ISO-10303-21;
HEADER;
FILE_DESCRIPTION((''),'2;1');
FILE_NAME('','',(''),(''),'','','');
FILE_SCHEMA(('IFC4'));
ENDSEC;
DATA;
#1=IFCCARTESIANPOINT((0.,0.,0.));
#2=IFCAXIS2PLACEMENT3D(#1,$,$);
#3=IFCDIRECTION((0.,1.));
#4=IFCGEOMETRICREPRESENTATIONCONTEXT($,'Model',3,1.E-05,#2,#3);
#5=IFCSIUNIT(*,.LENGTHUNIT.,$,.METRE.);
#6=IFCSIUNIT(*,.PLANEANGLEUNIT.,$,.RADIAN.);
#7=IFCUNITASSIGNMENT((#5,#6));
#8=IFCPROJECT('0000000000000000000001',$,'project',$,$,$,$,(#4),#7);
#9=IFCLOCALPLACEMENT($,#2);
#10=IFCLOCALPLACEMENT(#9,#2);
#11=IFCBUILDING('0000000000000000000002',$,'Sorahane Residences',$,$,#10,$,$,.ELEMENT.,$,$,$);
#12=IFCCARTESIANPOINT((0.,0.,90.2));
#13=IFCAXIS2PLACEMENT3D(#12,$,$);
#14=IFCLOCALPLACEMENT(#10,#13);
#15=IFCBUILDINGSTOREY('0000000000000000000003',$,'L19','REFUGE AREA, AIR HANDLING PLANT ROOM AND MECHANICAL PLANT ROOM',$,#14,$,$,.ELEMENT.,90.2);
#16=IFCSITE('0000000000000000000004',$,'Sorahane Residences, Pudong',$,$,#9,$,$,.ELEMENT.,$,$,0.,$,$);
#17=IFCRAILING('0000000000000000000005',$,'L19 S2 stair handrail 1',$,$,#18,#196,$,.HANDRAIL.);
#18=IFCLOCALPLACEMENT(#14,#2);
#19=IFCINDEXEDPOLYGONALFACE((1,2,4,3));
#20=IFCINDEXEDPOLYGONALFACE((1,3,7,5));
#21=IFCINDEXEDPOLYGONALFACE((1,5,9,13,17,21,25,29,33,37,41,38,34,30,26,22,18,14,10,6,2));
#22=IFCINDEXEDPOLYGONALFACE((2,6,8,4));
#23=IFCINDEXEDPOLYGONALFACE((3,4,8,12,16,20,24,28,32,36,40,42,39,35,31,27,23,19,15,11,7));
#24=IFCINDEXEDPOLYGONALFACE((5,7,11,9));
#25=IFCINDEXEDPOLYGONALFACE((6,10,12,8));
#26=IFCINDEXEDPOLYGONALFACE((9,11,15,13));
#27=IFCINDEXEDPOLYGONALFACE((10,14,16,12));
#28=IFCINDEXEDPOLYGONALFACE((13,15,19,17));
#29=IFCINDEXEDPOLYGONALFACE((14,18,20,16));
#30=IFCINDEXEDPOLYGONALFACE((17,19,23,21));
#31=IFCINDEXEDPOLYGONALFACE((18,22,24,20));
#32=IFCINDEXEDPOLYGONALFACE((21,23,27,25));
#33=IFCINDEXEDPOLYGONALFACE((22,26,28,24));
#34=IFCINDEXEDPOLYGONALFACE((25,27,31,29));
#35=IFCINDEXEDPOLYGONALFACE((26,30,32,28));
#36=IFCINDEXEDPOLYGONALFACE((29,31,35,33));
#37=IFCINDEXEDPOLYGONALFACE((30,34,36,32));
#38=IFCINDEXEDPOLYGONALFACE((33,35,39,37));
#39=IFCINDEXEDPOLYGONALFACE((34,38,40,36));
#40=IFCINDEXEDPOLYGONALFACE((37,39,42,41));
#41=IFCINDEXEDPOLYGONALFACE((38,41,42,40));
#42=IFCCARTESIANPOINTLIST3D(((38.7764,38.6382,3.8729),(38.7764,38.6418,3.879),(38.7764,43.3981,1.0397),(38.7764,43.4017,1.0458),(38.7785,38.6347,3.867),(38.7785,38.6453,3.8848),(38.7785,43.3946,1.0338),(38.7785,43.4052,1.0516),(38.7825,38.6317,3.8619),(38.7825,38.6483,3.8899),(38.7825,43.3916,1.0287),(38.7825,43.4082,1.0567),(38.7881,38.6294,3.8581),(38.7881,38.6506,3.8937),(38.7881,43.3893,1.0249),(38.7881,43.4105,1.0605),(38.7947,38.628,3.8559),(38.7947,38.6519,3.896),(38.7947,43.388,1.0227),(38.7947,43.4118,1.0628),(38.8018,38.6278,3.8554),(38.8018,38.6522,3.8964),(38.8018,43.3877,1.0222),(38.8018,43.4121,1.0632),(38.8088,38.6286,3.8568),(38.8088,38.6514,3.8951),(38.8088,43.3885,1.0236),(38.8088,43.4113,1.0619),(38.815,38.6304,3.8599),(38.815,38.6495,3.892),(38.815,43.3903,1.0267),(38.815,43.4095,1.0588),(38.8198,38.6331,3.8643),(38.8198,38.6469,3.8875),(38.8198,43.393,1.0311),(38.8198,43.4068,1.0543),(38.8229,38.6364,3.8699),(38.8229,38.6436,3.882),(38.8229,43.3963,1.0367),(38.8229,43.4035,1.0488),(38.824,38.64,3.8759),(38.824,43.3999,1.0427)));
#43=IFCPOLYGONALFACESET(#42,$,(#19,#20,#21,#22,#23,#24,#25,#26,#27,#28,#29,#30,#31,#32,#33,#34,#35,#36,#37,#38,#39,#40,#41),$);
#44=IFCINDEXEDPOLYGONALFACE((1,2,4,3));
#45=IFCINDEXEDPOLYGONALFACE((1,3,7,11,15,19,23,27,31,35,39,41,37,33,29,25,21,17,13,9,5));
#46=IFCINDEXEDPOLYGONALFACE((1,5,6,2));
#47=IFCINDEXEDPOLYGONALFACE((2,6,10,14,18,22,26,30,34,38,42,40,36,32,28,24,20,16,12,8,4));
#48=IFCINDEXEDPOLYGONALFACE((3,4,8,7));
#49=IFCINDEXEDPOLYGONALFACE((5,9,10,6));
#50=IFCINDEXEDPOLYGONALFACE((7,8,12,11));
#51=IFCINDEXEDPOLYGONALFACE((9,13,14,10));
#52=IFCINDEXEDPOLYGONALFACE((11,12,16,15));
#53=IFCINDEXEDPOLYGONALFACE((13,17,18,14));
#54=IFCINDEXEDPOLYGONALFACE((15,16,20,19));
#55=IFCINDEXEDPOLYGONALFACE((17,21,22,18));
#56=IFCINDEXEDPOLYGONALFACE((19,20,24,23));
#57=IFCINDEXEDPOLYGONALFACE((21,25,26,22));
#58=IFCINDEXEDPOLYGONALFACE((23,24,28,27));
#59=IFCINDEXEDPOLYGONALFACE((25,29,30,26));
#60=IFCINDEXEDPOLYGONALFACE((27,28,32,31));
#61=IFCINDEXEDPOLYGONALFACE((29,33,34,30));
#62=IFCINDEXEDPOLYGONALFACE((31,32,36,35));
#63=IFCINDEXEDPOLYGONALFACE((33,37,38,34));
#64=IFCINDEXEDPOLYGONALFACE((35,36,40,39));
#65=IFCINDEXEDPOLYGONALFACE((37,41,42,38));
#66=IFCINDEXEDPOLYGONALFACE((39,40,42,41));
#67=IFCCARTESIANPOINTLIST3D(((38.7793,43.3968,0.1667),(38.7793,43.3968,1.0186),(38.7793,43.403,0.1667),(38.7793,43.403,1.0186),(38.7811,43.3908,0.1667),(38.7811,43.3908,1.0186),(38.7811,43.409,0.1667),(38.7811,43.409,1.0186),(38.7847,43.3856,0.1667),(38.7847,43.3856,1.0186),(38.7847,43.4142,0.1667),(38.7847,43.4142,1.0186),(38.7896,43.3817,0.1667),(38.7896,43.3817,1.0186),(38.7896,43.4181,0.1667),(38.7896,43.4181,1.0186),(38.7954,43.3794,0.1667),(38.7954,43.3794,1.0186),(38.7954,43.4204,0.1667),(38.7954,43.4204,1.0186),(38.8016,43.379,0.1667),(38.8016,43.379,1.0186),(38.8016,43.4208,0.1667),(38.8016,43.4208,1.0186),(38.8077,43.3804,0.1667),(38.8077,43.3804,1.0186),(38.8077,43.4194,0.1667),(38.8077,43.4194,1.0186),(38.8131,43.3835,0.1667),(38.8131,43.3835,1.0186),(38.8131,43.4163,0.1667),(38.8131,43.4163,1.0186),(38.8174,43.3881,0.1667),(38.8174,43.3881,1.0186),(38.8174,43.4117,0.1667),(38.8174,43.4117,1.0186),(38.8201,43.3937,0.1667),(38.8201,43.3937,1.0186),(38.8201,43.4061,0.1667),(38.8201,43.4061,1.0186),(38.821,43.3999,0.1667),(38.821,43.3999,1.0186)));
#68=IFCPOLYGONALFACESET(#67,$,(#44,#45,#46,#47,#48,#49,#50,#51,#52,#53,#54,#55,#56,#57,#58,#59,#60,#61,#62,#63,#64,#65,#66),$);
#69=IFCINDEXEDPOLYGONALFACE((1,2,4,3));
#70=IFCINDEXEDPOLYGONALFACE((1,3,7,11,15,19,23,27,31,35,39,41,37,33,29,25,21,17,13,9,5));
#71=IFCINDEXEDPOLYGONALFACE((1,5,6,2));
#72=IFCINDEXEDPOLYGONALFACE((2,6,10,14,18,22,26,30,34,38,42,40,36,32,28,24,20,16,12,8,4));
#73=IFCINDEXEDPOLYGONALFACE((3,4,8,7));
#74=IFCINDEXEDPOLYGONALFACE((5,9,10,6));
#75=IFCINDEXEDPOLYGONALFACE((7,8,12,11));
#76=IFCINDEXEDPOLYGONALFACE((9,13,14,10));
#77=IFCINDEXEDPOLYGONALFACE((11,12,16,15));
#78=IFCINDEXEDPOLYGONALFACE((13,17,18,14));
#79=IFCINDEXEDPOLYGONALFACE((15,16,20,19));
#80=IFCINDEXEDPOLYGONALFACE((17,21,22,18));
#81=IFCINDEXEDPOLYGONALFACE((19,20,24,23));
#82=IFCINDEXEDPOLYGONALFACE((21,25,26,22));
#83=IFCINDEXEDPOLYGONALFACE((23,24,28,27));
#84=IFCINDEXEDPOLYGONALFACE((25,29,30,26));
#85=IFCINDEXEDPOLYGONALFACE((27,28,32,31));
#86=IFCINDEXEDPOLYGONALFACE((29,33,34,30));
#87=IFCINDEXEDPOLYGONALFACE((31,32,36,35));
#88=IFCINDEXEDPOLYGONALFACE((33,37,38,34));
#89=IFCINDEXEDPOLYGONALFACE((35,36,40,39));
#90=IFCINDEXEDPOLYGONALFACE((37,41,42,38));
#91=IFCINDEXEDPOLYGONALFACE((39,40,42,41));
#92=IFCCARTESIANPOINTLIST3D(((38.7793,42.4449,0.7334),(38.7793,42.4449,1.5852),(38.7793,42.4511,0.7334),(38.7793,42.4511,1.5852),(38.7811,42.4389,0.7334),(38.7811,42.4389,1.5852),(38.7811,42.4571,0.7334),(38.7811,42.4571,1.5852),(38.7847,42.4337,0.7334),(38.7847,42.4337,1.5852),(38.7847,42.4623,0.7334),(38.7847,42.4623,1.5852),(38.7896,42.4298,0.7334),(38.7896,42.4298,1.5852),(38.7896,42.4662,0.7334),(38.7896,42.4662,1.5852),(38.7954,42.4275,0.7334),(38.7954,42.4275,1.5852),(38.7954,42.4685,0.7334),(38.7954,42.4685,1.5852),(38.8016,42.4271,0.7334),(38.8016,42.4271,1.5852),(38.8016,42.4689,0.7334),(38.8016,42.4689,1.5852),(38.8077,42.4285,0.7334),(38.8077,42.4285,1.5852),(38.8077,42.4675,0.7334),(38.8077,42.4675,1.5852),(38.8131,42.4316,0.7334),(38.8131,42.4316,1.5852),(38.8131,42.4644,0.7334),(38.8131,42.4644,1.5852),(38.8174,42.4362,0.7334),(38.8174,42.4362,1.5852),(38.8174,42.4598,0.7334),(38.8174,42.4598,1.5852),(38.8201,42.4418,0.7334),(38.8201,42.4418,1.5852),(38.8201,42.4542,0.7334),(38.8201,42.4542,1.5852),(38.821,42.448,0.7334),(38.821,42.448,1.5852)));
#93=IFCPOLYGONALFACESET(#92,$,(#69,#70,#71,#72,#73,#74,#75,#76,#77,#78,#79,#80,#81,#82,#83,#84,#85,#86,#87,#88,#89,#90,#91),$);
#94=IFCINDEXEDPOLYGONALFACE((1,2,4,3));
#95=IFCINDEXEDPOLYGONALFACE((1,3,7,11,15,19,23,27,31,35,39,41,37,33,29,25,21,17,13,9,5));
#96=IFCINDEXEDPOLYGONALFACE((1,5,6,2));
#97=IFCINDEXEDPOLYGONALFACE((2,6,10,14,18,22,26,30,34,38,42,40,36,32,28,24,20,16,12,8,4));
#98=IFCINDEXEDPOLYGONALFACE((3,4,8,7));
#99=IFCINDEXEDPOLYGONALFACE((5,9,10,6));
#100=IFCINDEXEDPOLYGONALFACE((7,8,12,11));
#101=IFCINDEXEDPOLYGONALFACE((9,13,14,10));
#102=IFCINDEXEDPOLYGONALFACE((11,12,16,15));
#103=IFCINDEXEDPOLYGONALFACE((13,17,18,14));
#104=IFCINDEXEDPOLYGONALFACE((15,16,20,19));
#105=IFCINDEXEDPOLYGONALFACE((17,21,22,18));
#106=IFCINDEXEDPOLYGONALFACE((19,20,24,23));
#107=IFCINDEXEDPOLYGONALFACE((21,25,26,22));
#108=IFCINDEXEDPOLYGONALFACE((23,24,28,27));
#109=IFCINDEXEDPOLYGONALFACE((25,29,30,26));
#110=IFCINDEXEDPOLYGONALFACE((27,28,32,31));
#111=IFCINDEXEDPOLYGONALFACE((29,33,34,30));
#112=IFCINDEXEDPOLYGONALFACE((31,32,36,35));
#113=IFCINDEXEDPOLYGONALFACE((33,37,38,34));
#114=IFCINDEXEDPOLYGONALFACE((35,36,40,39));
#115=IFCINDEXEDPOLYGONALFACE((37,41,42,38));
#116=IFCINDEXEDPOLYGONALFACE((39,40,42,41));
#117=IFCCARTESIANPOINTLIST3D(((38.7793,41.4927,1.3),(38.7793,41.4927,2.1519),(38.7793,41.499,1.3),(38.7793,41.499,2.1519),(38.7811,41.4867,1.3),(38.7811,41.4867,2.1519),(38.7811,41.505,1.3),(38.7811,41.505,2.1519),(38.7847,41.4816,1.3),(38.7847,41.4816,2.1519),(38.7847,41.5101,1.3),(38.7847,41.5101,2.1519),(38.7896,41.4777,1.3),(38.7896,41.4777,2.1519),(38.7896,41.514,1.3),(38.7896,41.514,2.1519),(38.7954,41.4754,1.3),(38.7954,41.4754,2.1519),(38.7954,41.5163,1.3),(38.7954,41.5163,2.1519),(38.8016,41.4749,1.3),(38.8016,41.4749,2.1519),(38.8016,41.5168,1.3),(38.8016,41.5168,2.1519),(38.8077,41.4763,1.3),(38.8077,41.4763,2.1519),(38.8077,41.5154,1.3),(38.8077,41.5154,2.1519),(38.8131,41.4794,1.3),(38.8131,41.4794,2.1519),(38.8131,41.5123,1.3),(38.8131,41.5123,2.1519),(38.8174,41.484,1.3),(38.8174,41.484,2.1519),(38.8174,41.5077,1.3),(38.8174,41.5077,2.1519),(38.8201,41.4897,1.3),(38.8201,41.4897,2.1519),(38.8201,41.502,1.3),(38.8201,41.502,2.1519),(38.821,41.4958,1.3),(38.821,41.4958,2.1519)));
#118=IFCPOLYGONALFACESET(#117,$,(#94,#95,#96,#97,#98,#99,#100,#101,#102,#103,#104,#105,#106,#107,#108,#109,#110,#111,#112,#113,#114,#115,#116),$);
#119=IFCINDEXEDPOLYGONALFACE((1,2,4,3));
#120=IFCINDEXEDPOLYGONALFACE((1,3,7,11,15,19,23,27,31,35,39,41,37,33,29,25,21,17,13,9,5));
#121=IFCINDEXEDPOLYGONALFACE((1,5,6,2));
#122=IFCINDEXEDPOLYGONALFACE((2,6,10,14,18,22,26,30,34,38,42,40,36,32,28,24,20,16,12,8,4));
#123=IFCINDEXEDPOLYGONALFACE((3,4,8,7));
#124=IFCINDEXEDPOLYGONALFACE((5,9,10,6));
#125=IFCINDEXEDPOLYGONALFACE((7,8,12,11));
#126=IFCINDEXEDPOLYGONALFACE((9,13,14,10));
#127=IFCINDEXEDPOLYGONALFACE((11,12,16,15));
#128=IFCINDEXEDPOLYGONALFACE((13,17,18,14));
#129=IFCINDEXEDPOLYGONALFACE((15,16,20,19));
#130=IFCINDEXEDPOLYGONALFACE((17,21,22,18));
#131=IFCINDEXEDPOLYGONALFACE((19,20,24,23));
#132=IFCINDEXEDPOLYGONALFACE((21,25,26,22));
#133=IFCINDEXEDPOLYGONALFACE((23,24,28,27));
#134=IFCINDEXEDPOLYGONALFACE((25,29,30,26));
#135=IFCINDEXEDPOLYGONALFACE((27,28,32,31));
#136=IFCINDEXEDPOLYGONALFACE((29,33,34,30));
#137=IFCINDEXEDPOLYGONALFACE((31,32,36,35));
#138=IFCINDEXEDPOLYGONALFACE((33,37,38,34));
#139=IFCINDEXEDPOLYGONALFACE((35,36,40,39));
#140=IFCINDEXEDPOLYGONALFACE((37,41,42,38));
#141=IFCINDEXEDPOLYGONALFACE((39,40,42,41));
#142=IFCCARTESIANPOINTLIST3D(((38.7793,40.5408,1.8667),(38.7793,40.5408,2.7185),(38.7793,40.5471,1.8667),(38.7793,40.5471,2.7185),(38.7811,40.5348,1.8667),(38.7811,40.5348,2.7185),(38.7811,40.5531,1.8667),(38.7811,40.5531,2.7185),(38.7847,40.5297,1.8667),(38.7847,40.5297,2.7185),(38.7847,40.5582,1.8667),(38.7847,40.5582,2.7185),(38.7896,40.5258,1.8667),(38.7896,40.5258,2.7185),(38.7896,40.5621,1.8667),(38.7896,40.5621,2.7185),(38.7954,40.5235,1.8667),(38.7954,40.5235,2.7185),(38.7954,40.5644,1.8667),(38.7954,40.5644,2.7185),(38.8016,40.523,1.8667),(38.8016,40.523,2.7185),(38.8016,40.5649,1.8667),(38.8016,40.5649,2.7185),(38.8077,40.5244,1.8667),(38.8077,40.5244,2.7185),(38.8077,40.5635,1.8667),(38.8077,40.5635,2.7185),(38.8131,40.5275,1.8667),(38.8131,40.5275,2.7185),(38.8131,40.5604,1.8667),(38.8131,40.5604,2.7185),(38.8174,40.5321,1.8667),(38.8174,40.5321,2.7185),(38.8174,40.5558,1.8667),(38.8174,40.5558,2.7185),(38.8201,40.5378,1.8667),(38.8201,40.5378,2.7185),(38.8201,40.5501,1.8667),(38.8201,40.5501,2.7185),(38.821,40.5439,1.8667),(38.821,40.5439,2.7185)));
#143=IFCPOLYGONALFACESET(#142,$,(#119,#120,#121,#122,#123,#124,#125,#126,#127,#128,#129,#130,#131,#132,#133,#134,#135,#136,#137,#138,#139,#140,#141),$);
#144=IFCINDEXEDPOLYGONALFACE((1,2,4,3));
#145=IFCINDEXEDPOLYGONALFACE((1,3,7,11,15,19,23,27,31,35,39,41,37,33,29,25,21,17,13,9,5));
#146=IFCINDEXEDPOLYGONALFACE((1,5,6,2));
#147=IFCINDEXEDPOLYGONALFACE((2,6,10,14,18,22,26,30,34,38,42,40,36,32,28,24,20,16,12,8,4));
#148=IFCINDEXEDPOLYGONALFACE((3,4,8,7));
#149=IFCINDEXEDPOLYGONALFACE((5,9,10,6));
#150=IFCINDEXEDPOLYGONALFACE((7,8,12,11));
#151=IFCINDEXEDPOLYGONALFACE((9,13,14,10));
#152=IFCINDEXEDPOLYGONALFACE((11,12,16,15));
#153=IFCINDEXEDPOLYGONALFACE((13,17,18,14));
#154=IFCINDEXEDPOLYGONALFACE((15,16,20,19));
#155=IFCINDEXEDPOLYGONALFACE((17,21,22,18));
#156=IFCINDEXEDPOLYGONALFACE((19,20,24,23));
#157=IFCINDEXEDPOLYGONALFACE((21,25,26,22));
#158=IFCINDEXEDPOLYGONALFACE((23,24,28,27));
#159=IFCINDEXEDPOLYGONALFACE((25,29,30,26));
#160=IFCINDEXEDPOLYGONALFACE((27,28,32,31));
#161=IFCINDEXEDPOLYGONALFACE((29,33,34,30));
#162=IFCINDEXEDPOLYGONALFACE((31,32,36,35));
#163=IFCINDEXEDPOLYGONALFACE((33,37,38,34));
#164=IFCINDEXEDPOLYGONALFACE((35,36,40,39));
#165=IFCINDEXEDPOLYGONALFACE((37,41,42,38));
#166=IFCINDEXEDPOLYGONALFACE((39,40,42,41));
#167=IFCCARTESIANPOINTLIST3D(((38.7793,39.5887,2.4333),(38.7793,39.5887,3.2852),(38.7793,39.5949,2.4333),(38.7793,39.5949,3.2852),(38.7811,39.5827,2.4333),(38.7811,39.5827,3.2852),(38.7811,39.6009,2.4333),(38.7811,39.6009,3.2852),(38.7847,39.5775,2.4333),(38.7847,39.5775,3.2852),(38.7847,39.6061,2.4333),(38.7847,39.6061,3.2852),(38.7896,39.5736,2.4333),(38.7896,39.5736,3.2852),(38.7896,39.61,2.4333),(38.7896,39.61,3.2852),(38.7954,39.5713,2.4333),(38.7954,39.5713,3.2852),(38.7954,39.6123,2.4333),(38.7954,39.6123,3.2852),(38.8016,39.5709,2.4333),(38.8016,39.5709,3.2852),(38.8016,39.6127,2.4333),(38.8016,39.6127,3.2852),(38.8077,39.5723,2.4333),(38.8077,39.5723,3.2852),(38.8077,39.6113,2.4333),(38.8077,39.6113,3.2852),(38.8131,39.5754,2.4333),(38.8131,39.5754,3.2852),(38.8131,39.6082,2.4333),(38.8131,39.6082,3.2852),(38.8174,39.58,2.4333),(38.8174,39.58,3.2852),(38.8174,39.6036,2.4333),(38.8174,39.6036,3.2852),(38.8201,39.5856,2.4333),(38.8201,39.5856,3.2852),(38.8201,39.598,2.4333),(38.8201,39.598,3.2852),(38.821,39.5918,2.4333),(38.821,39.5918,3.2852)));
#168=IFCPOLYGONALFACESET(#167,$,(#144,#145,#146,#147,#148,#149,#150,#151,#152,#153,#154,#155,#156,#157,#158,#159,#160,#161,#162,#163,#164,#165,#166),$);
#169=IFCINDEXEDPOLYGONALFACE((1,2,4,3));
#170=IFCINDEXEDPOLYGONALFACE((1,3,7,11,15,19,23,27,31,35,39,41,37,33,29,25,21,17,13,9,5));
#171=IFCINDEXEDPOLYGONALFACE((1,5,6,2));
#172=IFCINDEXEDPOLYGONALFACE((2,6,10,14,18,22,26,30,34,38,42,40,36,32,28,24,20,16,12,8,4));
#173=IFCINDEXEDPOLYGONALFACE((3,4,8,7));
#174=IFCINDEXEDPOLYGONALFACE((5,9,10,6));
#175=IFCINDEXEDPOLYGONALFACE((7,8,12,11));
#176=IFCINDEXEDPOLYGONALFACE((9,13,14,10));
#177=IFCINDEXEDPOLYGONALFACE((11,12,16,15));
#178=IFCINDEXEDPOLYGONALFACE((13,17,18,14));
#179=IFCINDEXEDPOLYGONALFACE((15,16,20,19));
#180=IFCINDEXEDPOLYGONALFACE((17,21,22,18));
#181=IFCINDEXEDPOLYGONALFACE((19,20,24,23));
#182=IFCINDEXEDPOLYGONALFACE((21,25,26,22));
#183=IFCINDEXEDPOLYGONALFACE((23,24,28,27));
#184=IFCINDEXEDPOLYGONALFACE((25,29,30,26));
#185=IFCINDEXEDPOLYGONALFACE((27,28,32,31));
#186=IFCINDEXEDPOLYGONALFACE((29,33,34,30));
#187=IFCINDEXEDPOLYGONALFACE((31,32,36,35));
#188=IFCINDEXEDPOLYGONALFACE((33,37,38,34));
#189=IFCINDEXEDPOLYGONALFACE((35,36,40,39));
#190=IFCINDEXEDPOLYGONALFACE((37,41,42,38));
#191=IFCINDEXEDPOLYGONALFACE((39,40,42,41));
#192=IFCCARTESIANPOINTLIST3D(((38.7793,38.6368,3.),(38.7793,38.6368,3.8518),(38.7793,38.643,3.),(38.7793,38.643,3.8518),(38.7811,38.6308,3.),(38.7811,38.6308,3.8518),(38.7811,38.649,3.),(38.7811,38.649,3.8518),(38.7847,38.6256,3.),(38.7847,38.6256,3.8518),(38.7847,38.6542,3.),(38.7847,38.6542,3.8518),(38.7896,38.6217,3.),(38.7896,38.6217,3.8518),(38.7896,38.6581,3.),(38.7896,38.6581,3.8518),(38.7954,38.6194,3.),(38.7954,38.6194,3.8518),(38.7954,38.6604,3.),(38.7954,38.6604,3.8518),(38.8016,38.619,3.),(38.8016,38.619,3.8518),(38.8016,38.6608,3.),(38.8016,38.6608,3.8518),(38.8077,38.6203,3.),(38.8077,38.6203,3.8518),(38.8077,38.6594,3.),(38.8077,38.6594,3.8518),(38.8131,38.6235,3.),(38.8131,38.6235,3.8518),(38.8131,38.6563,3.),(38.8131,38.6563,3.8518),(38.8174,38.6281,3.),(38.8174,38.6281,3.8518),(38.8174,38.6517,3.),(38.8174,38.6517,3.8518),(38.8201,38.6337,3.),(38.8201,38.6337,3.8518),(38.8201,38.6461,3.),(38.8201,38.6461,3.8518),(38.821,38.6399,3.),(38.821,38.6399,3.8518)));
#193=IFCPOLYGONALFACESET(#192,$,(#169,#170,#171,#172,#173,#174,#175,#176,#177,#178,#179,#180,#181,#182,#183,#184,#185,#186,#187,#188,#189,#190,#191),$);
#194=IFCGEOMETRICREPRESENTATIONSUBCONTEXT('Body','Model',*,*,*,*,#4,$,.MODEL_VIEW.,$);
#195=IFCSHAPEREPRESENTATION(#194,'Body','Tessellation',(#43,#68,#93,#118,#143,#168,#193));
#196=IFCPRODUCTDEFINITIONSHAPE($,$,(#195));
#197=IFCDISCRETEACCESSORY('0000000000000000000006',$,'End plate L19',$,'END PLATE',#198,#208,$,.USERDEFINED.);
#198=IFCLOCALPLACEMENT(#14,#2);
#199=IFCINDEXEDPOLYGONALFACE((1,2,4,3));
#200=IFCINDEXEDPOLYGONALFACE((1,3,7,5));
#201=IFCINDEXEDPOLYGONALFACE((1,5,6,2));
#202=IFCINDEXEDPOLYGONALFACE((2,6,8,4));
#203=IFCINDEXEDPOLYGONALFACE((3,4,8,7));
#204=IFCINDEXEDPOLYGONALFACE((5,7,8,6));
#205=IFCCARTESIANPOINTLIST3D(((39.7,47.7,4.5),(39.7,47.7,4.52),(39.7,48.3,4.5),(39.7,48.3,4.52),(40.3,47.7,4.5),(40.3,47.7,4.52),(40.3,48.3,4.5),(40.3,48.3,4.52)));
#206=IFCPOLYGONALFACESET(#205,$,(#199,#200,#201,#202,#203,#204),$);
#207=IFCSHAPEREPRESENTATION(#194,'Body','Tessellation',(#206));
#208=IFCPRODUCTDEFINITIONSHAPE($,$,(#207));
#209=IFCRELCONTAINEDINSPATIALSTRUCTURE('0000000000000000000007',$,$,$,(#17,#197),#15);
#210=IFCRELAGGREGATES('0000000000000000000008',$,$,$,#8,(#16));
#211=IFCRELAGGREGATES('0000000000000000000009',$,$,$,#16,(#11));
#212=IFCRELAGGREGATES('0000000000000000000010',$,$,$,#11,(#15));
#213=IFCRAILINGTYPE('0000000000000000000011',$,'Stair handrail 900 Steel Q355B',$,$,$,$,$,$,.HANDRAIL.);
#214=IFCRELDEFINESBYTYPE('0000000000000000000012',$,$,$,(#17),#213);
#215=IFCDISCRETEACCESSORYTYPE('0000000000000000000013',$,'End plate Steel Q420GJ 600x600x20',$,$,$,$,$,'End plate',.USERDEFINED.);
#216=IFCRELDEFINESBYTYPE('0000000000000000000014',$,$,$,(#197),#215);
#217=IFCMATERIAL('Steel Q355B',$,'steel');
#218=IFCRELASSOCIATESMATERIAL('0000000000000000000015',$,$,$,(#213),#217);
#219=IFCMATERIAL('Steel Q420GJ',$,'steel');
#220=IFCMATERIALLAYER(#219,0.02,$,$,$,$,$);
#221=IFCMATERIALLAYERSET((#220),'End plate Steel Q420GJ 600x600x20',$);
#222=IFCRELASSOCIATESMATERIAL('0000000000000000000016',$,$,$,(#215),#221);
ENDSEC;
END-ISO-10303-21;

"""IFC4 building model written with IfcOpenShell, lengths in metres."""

from ifc_helpers import new_model, si_unit, direction, frame, origin, origin_2d, place, context, subcontext, project, spatial, rectangle, circle, extrude, material, layer, layer_set, type_object, element, save


model = new_model("IFC4")

# Units and contexts
model_context = context("Model", 3, precision=1e-05, world=origin(), true_north=direction((0.0, 1.0)))
body_context = subcontext(model_context, "Body", "Model", "MODEL_VIEW")
ifc_project = project(units=[si_unit("LENGTHUNIT", "METRE"), si_unit("PLANEANGLEUNIT", "RADIAN")], contexts=[model_context])

# Site, building, storey
site_placement = place(None, origin())
site = spatial("IfcSite", under=ifc_project, at=site_placement, Name="Sorahane Residences, Pudong", CompositionType="ELEMENT", RefElevation=0.0)
building_placement = place(site_placement, origin())
building = spatial("IfcBuilding", under=site, at=building_placement, Name="Sorahane Residences", CompositionType="ELEMENT")
storey_placement = place(building_placement, frame((0.0, 0.0, 90.2)))
storey = spatial("IfcBuildingStorey", under=building, at=storey_placement, Name="L19", Description="REFUGE AREA, AIR HANDLING PLANT ROOM AND MECHANICAL PLANT ROOM", CompositionType="ELEMENT", Elevation=90.2)

# Railing
ifc_material_1 = material(Name="Steel Q355B", Category="steel")
railing_type_1 = type_object("IfcRailingType", Name="Stair handrail 900 Steel Q355B", PredefinedType="HANDRAIL", material=ifc_material_1)
railing_1_placement = place(storey_placement, frame((38.8, 43.3999, 0.1667)))
element("IfcRailing", 1, at=railing_1_placement, inside=storey, type_object=railing_type_1, Name="L19 S2 stair handrail 1", PredefinedType="HANDRAIL", context=body_context, shape_type="SweptSolid", body=[
    extrude(circle(Radius=0.0239, at=origin_2d()), frame((0.0, 0.0, 0.876), z_axis=(0.0, -0.8593, 0.511472), x_axis=(1.0, 0.0, 0.0)), (0.0, 0.0, 1.0), 5.5393),
    extrude(circle(Radius=0.021, at=origin_2d()), origin(), (0.0, 0.0, 1.0), 0.8518),
    extrude(circle(Radius=0.021, at=origin_2d()), frame((0.0, -0.9519, 0.5667)), (0.0, 0.0, 1.0), 0.8518),
    extrude(circle(Radius=0.021, at=origin_2d()), frame((0.0, -1.9041, 1.1333)), (0.0, 0.0, 1.0), 0.8518),
    extrude(circle(Radius=0.021, at=origin_2d()), frame((0.0, -2.856, 1.7)), (0.0, 0.0, 1.0), 0.8518),
    extrude(circle(Radius=0.021, at=origin_2d()), frame((0.0, -3.8081, 2.2666)), (0.0, 0.0, 1.0), 0.8518),
    extrude(circle(Radius=0.021, at=origin_2d()), frame((0.0, -4.76, 2.8333)), (0.0, 0.0, 1.0), 0.8518),
])

# Discrete accessory
ifc_material_2 = material(Name="Steel Q420GJ", Category="steel")
ifc_layer_1 = layer(ifc_material_2, 0.02)
ifc_layer_set_1 = layer_set([ifc_layer_1], Name="End plate Steel Q420GJ 600x600x20")
discrete_accessory_type_1 = type_object("IfcDiscreteAccessoryType", Name="End plate Steel Q420GJ 600x600x20", ElementType="End plate", PredefinedType="USERDEFINED", material=ifc_layer_set_1)
for number, where, z_axis, x_axis, name in (
    (2, (40.0, 48.0, 4.5), (0.0, 0.0, 1.0), (1.0, 0.0, 0.0), "End plate L19"),
):
    element("IfcDiscreteAccessory", number, at=place(storey_placement, frame(where, z_axis=z_axis, x_axis=x_axis)), inside=storey, type_object=discrete_accessory_type_1, Name=name, ObjectType="END PLATE", PredefinedType="USERDEFINED", context=body_context, shape_type="SweptSolid", body=[
        extrude(rectangle(XDim=0.6001, YDim=0.6001, at=origin_2d()), origin(), (0.0, 0.0, 1.0), 0.02),
    ])

save(model, "model.ifc")
